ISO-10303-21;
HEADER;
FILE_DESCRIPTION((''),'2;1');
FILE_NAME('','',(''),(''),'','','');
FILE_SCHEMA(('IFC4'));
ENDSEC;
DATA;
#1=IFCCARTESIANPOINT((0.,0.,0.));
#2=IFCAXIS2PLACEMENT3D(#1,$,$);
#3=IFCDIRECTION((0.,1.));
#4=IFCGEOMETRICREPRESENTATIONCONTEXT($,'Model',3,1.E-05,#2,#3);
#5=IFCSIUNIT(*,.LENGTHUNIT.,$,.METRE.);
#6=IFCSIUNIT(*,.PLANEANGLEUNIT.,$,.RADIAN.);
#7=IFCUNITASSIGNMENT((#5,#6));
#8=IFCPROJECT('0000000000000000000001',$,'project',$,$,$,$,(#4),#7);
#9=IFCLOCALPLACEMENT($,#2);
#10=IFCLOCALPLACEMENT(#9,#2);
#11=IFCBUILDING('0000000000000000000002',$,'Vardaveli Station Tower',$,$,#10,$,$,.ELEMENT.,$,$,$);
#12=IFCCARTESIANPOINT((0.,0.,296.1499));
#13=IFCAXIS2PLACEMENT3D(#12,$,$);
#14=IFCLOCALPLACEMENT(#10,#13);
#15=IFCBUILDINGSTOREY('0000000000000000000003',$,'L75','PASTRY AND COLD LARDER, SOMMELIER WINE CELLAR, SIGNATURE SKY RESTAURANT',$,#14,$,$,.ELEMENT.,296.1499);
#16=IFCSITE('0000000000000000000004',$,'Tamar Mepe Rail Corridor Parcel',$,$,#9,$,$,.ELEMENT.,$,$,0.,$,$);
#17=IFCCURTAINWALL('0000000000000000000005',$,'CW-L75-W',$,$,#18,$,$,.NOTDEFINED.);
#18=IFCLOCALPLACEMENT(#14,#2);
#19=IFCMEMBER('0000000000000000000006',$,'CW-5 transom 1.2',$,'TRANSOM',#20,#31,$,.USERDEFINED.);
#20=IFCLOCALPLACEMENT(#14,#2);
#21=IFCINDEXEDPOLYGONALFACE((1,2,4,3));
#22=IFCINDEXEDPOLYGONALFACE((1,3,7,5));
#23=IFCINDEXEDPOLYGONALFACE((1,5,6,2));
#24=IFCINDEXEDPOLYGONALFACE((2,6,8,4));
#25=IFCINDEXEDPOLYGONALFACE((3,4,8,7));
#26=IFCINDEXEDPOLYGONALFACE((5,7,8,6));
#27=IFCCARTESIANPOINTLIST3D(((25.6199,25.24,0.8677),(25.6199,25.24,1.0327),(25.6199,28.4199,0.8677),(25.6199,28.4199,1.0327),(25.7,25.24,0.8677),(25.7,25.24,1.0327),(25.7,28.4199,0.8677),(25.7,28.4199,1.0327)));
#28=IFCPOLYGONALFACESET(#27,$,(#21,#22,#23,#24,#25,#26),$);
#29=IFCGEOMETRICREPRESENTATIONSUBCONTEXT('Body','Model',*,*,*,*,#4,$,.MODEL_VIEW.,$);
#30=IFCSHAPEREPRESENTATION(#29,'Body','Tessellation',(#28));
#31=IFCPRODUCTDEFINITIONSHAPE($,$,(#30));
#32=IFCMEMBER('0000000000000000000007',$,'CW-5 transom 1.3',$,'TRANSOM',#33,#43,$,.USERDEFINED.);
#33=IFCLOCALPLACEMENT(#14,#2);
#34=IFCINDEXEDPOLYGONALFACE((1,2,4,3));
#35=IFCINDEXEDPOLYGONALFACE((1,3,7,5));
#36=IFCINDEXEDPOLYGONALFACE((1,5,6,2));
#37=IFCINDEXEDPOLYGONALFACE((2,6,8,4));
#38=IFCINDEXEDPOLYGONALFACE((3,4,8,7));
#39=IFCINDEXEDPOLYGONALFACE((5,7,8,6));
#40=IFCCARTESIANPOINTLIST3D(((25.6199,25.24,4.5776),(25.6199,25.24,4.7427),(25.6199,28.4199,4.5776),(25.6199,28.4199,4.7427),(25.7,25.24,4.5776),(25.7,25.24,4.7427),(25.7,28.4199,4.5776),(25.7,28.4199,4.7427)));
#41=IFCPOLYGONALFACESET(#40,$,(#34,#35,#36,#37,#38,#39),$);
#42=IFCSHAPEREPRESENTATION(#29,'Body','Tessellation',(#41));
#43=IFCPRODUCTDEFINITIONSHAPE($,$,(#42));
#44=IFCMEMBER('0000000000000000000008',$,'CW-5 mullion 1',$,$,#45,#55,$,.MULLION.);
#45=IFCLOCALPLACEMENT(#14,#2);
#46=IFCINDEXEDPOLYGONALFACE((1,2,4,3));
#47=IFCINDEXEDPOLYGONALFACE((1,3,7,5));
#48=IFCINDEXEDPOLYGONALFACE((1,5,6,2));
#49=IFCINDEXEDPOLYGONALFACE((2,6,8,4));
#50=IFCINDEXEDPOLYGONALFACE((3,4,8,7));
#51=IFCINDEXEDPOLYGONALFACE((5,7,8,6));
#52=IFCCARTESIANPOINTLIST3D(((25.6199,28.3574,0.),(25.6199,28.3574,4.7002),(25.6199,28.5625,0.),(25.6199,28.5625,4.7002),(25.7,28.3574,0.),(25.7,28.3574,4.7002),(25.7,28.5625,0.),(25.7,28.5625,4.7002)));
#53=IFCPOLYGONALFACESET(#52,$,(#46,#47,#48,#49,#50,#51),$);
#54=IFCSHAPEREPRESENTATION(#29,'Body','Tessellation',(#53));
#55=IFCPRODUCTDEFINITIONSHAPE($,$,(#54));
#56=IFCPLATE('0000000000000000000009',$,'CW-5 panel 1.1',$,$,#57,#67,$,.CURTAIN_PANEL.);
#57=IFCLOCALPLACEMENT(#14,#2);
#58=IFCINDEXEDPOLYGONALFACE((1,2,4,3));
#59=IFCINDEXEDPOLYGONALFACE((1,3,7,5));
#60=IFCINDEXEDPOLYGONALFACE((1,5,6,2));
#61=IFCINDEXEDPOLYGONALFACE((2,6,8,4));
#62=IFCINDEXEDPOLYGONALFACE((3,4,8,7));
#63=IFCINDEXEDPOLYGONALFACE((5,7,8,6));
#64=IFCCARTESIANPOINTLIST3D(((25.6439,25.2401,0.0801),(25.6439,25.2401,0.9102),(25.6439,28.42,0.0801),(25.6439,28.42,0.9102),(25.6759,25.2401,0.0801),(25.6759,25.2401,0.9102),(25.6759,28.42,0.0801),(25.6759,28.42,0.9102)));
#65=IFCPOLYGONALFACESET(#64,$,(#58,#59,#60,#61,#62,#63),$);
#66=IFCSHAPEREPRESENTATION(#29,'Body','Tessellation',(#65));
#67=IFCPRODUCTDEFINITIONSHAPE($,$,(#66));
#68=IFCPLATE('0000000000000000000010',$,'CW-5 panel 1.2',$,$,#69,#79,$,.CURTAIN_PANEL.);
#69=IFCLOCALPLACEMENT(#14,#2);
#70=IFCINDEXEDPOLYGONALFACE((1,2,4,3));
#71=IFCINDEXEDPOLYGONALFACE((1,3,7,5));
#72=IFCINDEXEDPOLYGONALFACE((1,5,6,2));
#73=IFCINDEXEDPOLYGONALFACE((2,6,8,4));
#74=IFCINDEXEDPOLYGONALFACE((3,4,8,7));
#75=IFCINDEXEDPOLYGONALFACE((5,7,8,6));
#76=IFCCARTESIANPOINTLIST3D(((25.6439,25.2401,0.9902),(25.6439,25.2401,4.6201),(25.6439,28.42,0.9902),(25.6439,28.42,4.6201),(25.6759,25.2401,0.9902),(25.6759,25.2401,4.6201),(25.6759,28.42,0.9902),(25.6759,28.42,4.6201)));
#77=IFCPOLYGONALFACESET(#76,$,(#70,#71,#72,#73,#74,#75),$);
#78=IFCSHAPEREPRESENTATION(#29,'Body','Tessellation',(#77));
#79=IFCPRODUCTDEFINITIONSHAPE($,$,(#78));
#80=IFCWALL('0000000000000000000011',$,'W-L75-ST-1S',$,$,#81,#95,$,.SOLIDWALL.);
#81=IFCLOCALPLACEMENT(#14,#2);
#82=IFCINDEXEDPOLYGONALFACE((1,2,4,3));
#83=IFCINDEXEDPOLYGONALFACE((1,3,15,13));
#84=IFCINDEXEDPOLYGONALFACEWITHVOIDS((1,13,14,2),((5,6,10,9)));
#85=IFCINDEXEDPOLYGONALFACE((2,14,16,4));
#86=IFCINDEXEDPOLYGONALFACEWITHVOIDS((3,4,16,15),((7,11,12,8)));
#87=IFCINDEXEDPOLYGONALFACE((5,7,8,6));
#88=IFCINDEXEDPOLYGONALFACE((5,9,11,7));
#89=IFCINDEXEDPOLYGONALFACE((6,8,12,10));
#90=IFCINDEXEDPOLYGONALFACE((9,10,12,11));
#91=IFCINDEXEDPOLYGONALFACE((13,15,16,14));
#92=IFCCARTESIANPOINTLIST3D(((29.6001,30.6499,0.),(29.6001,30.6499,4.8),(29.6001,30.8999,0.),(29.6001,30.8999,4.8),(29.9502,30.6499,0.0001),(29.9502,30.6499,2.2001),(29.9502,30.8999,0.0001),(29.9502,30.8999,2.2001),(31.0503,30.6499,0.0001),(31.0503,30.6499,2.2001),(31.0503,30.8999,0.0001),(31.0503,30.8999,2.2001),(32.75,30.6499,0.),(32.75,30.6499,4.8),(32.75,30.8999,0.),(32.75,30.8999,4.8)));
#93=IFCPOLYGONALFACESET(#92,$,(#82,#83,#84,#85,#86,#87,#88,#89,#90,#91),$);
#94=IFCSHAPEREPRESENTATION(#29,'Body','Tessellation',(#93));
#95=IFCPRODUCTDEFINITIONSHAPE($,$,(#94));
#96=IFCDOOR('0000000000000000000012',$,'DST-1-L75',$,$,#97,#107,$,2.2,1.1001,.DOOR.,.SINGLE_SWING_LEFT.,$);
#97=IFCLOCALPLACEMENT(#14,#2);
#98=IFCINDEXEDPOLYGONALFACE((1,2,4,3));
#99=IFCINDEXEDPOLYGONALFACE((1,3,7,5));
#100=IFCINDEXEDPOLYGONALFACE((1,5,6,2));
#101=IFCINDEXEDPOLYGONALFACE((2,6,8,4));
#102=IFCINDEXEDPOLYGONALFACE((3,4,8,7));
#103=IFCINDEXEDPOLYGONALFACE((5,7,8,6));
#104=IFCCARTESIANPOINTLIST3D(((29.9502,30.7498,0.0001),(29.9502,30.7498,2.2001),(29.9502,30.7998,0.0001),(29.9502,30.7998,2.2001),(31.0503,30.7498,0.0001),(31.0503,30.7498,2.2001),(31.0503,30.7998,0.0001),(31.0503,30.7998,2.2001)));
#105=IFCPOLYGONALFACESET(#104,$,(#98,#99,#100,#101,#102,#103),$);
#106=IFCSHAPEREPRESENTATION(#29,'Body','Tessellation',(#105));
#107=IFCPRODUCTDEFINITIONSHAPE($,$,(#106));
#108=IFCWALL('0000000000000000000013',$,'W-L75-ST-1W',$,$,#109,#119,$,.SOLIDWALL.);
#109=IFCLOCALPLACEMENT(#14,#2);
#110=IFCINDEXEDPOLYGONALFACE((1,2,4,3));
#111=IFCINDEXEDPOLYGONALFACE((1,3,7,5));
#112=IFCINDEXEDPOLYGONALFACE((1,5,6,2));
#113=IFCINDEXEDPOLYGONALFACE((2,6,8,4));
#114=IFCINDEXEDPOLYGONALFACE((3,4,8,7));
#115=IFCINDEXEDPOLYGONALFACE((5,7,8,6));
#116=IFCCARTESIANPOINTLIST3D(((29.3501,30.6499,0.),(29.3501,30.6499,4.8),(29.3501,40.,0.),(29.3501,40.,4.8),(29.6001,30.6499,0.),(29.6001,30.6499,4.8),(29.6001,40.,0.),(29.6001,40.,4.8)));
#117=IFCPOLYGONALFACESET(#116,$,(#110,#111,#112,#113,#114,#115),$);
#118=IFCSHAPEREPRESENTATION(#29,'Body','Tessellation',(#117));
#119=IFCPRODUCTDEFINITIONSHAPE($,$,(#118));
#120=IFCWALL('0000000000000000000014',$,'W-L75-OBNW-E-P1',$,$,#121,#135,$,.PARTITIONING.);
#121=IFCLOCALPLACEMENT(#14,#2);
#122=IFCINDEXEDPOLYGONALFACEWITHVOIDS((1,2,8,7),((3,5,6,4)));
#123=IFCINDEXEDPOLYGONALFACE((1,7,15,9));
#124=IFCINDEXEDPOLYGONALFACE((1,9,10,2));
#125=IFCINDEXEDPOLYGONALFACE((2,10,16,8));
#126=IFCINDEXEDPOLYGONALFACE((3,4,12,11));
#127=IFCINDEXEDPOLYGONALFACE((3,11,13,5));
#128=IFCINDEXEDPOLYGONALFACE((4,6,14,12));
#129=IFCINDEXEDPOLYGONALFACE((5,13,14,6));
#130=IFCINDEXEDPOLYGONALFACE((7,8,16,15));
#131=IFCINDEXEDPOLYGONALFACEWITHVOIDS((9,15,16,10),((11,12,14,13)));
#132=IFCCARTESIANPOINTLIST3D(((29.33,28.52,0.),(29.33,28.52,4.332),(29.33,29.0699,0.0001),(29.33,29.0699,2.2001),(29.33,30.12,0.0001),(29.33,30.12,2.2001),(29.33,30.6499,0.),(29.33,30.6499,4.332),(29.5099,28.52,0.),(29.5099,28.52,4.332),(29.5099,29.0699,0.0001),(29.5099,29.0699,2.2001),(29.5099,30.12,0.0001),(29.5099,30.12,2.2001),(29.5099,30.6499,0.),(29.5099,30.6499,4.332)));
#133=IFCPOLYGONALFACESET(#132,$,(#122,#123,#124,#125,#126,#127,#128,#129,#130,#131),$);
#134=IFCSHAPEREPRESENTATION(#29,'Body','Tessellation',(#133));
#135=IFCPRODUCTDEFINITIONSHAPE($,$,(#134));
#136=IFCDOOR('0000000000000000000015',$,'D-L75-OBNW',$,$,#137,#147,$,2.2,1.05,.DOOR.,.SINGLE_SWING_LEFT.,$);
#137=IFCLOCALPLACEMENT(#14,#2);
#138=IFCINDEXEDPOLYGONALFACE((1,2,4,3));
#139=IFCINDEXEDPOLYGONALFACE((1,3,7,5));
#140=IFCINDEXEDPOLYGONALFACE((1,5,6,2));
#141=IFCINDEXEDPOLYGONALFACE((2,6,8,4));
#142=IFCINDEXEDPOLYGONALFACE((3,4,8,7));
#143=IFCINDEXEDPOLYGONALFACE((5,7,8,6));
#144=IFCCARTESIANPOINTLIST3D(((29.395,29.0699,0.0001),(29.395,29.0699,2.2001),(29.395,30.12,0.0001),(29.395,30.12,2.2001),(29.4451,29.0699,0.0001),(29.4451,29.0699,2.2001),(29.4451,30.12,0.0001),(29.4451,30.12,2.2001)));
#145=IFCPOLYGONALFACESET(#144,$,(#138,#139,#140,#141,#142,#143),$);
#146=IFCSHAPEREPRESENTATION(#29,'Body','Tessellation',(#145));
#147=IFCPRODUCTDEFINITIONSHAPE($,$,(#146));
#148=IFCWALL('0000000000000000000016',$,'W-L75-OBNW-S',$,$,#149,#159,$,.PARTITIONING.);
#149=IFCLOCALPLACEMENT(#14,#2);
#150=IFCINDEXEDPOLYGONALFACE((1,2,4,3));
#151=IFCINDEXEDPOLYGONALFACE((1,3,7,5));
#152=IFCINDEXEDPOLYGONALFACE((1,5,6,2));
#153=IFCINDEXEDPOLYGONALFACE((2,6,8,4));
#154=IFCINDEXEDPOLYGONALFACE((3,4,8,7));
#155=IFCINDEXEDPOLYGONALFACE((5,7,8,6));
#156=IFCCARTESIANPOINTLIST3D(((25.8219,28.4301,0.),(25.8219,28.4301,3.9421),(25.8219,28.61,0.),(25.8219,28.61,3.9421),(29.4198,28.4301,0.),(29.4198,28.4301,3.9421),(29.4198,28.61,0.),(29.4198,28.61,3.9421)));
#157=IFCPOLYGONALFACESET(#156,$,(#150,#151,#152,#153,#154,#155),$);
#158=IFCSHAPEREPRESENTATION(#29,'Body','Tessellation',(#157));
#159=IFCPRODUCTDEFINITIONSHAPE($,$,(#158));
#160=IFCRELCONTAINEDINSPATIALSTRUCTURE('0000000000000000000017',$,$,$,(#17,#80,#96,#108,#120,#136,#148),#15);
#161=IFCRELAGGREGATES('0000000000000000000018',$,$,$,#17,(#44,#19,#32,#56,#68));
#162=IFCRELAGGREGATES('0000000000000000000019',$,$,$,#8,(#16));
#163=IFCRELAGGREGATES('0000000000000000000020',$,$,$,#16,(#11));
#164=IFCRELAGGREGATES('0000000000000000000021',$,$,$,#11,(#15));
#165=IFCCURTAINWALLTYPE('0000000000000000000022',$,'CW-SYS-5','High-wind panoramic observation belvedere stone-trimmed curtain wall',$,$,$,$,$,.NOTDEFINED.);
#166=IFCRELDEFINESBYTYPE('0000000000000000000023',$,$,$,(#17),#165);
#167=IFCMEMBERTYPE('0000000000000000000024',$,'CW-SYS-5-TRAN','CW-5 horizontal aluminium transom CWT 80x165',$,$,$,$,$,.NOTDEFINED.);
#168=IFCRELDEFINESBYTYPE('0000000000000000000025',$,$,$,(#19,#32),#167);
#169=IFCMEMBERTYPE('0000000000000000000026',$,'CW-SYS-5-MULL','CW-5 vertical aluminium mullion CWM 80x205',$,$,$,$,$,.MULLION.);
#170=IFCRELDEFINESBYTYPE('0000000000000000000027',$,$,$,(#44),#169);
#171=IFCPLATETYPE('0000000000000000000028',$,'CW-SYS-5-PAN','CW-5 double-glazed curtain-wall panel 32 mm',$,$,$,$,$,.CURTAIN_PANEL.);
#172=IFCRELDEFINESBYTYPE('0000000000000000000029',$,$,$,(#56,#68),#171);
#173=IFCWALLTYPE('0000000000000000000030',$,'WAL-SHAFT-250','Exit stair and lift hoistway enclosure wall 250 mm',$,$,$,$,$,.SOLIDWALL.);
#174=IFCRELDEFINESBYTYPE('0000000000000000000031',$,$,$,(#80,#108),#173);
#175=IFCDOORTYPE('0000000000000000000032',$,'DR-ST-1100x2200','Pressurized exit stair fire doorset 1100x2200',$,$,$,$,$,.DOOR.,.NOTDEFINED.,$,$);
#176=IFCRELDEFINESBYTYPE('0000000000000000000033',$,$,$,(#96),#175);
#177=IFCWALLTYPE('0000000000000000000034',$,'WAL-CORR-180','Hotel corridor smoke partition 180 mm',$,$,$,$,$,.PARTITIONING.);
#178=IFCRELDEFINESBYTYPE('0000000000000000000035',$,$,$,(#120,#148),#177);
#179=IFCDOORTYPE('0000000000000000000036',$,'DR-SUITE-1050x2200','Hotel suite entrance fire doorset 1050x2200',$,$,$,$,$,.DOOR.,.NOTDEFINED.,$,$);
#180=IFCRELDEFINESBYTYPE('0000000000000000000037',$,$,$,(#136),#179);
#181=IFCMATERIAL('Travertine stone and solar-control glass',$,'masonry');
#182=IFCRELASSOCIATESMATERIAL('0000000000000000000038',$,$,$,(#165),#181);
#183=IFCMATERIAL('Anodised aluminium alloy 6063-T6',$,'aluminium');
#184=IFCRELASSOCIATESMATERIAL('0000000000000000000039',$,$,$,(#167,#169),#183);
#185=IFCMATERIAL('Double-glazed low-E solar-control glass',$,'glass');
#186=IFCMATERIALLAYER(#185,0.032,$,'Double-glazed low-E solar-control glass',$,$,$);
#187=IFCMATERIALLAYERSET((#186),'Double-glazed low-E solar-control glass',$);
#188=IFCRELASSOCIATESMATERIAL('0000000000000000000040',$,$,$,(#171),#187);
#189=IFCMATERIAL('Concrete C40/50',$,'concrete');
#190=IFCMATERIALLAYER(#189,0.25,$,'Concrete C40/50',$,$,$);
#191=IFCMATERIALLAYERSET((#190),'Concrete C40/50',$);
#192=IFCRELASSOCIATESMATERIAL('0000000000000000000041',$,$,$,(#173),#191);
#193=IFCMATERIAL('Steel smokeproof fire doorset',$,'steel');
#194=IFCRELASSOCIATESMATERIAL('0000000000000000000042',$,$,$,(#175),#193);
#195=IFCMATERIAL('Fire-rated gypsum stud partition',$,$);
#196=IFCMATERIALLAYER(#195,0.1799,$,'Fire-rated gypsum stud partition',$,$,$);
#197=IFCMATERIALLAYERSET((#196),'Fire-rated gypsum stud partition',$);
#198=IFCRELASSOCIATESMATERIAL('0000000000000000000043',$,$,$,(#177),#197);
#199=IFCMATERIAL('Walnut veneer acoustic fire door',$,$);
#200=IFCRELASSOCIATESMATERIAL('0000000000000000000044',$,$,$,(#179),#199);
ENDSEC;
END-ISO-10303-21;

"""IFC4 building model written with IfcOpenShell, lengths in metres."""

from ifc_helpers import new_model, si_unit, direction, frame, frame_2d, origin, origin_2d, place, context, subcontext, project, spatial, rectangle, extrude, source, transform, mapped, material, layer, layer_set, material_profile, profile_set, type_object, element, fill, aggregate, save


model = new_model("IFC4")

# Units and contexts
model_context = context("Model", 3, precision=1e-05, world=origin(), true_north=direction((0.0, 1.0)))
body_context = subcontext(model_context, "Body", "Model", "MODEL_VIEW")
ifc_project = project(units=[si_unit("LENGTHUNIT", "METRE"), si_unit("PLANEANGLEUNIT", "RADIAN")], contexts=[model_context])

# Site, building, storey
site_placement = place(None, origin())
site = spatial("IfcSite", under=ifc_project, at=site_placement, Name="Tamar Mepe Rail Corridor Parcel", CompositionType="ELEMENT", RefElevation=0.0)
building_placement = place(site_placement, origin())
building = spatial("IfcBuilding", under=site, at=building_placement, Name="Vardaveli Station Tower", CompositionType="ELEMENT")
storey_placement = place(building_placement, frame((0.0, 0.0, 296.1499)))
storey = spatial("IfcBuildingStorey", under=building, at=storey_placement, Name="L75", Description="PASTRY AND COLD LARDER, SOMMELIER WINE CELLAR, SIGNATURE SKY RESTAURANT", CompositionType="ELEMENT", Elevation=296.1499)

# Curtain wall, members, plates
ifc_material_1 = material(Name="Travertine stone and solar-control glass", Category="masonry")
curtain_wall_type = type_object("IfcCurtainWallType", Name="CW-SYS-5", Description="High-wind panoramic observation belvedere stone-trimmed curtain wall", PredefinedType="NOTDEFINED", material=ifc_material_1)
curtain_wall_placement = place(storey_placement, origin())
curtain_wall = element("IfcCurtainWall", 1, at=curtain_wall_placement, inside=storey, type_object=curtain_wall_type, Name="CW-L75-W", PredefinedType="NOTDEFINED")
ifc_material_2 = material(Name="Anodised aluminium alloy 6063-T6", Category="aluminium")
ifc_material_profile_1 = material_profile(ifc_material_2, rectangle(XDim=0.0801, YDim=0.165, at=origin_2d()), Name="CWT 80x165")
ifc_profile_set_1 = profile_set([ifc_material_profile_1], Name="Anodised aluminium alloy 6063-T6")
member_type_1 = type_object("IfcMemberType", Name="CW-SYS-5-TRAN", Description="CW-5 horizontal aluminium transom CWT 80x165", PredefinedType="NOTDEFINED", material=ifc_profile_set_1)
shared_shape_1 = source(origin(), body_context, "Body", "SweptSolid", [
    extrude(rectangle(XDim=0.0801, YDim=0.165, at=origin_2d()), origin(), (0.0, 0.0, 1.0), 3.1799),
])
member_1_placement = place(storey_placement, frame((25.6599, 28.4199, 0.9502), z_axis=(0.0, -1.0, 0.0), x_axis=(1.0, 0.0, 0.0)))
member_1 = element("IfcMember", 2, at=member_1_placement, type_object=member_type_1, Name="CW-5 transom 1.2", ObjectType="TRANSOM", PredefinedType="USERDEFINED", context=body_context, shape_type="MappedRepresentation", body=[
    mapped(shared_shape_1, transform((0.0, 0.0, 0.0), scale=1.0)),
])
member_2_placement = place(storey_placement, frame((25.6599, 28.4199, 4.6602), z_axis=(0.0, -1.0, 0.0), x_axis=(1.0, 0.0, 0.0)))
member_2 = element("IfcMember", 3, at=member_2_placement, type_object=member_type_1, Name="CW-5 transom 1.3", ObjectType="TRANSOM", PredefinedType="USERDEFINED", context=body_context, shape_type="MappedRepresentation", body=[
    mapped(shared_shape_1, transform((0.0, 0.0, 0.0), scale=1.0)),
])
ifc_material_profile_2 = material_profile(ifc_material_2, rectangle(XDim=0.0801, YDim=0.2051, at=origin_2d()), Name="CWM 80x205")
ifc_profile_set_2 = profile_set([ifc_material_profile_2], Name="Anodised aluminium alloy 6063-T6")
member_type_2 = type_object("IfcMemberType", Name="CW-SYS-5-MULL", Description="CW-5 vertical aluminium mullion CWM 80x205", PredefinedType="MULLION", material=ifc_profile_set_2)
shared_shape_2 = source(origin(), body_context, "Body", "SweptSolid", [
    extrude(rectangle(XDim=0.0801, YDim=0.2051, at=origin_2d()), origin(), (0.0, 0.0, 1.0), 4.7002),
])
member_3_placement = place(storey_placement, frame((25.6599, 28.46, 0.0), z_axis=(0.0, 0.0, 1.0), x_axis=(1.0, 0.0, 0.0)))
member_3 = element("IfcMember", 4, at=member_3_placement, type_object=member_type_2, Name="CW-5 mullion 1", PredefinedType="MULLION", context=body_context, shape_type="MappedRepresentation", body=[
    mapped(shared_shape_2, transform((0.0, 0.0, 0.0), scale=1.0)),
])
ifc_material_3 = material(Name="Double-glazed low-E solar-control glass", Category="glass")
ifc_layer_1 = layer(ifc_material_3, 0.032, Name="Double-glazed low-E solar-control glass")
ifc_layer_set_1 = layer_set([ifc_layer_1], Name="Double-glazed low-E solar-control glass")
plate_type = type_object("IfcPlateType", Name="CW-SYS-5-PAN", Description="CW-5 double-glazed curtain-wall panel 32 mm", PredefinedType="CURTAIN_PANEL", material=ifc_layer_set_1)
shared_shape_3 = source(origin(), body_context, "Body", "SweptSolid", [
    extrude(rectangle(XDim=3.1799, YDim=0.032, at=origin_2d()), origin(), (0.0, 0.0, 1.0), 0.8301),
])
plate_1_placement = place(storey_placement, frame((25.6599, 26.8301, 0.0801), z_axis=(0.0, 0.0, 1.0), x_axis=(0.0, -1.0, 0.0)))
plate_1 = element("IfcPlate", 5, at=plate_1_placement, type_object=plate_type, Name="CW-5 panel 1.1", PredefinedType="CURTAIN_PANEL", context=body_context, shape_type="MappedRepresentation", body=[
    mapped(shared_shape_3, transform((0.0, 0.0, 0.0), scale=1.0)),
])
shared_shape_4 = source(origin(), body_context, "Body", "SweptSolid", [
    extrude(rectangle(XDim=3.1799, YDim=0.032, at=origin_2d()), origin(), (0.0, 0.0, 1.0), 3.6299),
])
plate_2_placement = place(storey_placement, frame((25.6599, 26.8301, 0.9902), z_axis=(0.0, 0.0, 1.0), x_axis=(0.0, -1.0, 0.0)))
plate_2 = element("IfcPlate", 6, at=plate_2_placement, type_object=plate_type, Name="CW-5 panel 1.2", PredefinedType="CURTAIN_PANEL", context=body_context, shape_type="MappedRepresentation", body=[
    mapped(shared_shape_4, transform((0.0, 0.0, 0.0), scale=1.0)),
])
aggregate(curtain_wall, [member_3, member_1, member_2, plate_1, plate_2])

# Wall, opening, door
ifc_material_4 = material(Name="Concrete C40/50", Category="concrete")
ifc_layer_2 = layer(ifc_material_4, 0.25, Name="Concrete C40/50")
ifc_layer_set_2 = layer_set([ifc_layer_2], Name="Concrete C40/50")
wall_type_1 = type_object("IfcWallType", Name="WAL-SHAFT-250", Description="Exit stair and lift hoistway enclosure wall 250 mm", PredefinedType="SOLIDWALL", material=ifc_layer_set_2)
shared_shape_5 = source(origin(), body_context, "Body", "SweptSolid", [
    extrude(rectangle(XDim=3.1499, YDim=0.25, at=frame_2d((1.575, 0.0))), origin(), (0.0, 0.0, 1.0), 4.8),
])
wall_1_placement = place(storey_placement, frame((29.6001, 30.7749, 0.0), z_axis=(0.0, 0.0, 1.0), x_axis=(1.0, 0.0, 0.0)))
wall_1 = element("IfcWall", 7, at=wall_1_placement, inside=storey, type_object=wall_type_1, Name="W-L75-ST-1S", PredefinedType="SOLIDWALL", context=body_context, shape_type="MappedRepresentation", body=[
    mapped(shared_shape_5, transform((0.0, 0.0, 0.0), scale=1.0)),
])
shared_shape_6 = source(origin(), body_context, "Body", "SweptSolid", [
    extrude(rectangle(XDim=1.1001, YDim=2.2, at=frame_2d((0.55, 1.1001))), frame((0.0, 0.135, 0.0), z_axis=(0.0, -1.0, 0.0), x_axis=(1.0, 0.0, 0.0)), (0.0, 0.0, 1.0), 0.27),
])
opening_1_placement = place(wall_1_placement, frame((0.3501, 0.0, 0.0)))
opening_1 = element("IfcOpeningElement", 8, at=opening_1_placement, cuts=wall_1, PredefinedType="OPENING", context=body_context, shape_type="MappedRepresentation", body=[
    mapped(shared_shape_6, transform((0.0, 0.0, 0.0), scale=1.0)),
])
ifc_material_5 = material(Name="Steel smokeproof fire doorset", Category="steel")
door_type_1 = type_object("IfcDoorType", Name="DR-ST-1100x2200", Description="Pressurized exit stair fire doorset 1100x2200", OperationType="NOTDEFINED", PredefinedType="DOOR", material=ifc_material_5)
shared_shape_7 = source(origin(), body_context, "Body", "SweptSolid", [
    extrude(rectangle(XDim=1.1001, YDim=2.2, at=frame_2d((0.55, 1.1001))), frame((0.0, 0.0249, 0.0), z_axis=(0.0, -1.0, 0.0), x_axis=(1.0, 0.0, 0.0)), (0.0, 0.0, 1.0), 0.05),
])
door_1_placement = place(opening_1_placement, origin())
door_1 = element("IfcDoor", 9, at=door_1_placement, inside=storey, type_object=door_type_1, Name="DST-1-L75", OperationType="SINGLE_SWING_LEFT", OverallHeight=2.2, OverallWidth=1.1001, PredefinedType="DOOR", context=body_context, shape_type="MappedRepresentation", body=[
    mapped(shared_shape_7, transform((0.0, 0.0, 0.0), scale=1.0)),
])
fill(opening_1, door_1)

# Wall
shared_shape_8 = source(origin(), body_context, "Body", "SweptSolid", [
    extrude(rectangle(XDim=9.3501, YDim=0.25, at=frame_2d((4.675, 0.0))), origin(), (0.0, 0.0, 1.0), 4.8),
])
wall_2_placement = place(storey_placement, frame((29.4751, 30.6499, 0.0), z_axis=(0.0, 0.0, 1.0), x_axis=(0.0, 1.0, 0.0)))
element("IfcWall", 10, at=wall_2_placement, inside=storey, type_object=wall_type_1, Name="W-L75-ST-1W", PredefinedType="SOLIDWALL", context=body_context, shape_type="MappedRepresentation", body=[
    mapped(shared_shape_8, transform((0.0, 0.0, 0.0), scale=1.0)),
])

# Wall, opening, door
ifc_material_6 = material(Name="Fire-rated gypsum stud partition")
ifc_layer_3 = layer(ifc_material_6, 0.1799, Name="Fire-rated gypsum stud partition")
ifc_layer_set_3 = layer_set([ifc_layer_3], Name="Fire-rated gypsum stud partition")
wall_type_2 = type_object("IfcWallType", Name="WAL-CORR-180", Description="Hotel corridor smoke partition 180 mm", PredefinedType="PARTITIONING", material=ifc_layer_set_3)
shared_shape_9 = source(origin(), body_context, "Body", "SweptSolid", [
    extrude(rectangle(XDim=2.1299, YDim=0.1799, at=frame_2d((1.0649, 0.0))), origin(), (0.0, 0.0, 1.0), 4.332),
])
wall_3_placement = place(storey_placement, frame((29.4199, 28.52, 0.0), z_axis=(0.0, 0.0, 1.0), x_axis=(0.0, 1.0, 0.0)))
wall_3 = element("IfcWall", 11, at=wall_3_placement, inside=storey, type_object=wall_type_2, Name="W-L75-OBNW-E-P1", PredefinedType="PARTITIONING", context=body_context, shape_type="MappedRepresentation", body=[
    mapped(shared_shape_9, transform((0.0, 0.0, 0.0), scale=1.0)),
])
shared_shape_10 = source(origin(), body_context, "Body", "SweptSolid", [
    extrude(rectangle(XDim=1.05, YDim=2.2, at=frame_2d((0.5249, 1.1001))), frame((0.0, 0.1001, 0.0), z_axis=(0.0, -1.0, 0.0), x_axis=(1.0, 0.0, 0.0)), (0.0, 0.0, 1.0), 0.2),
])
opening_2_placement = place(wall_3_placement, frame((0.55, 0.0, 0.0)))
opening_2 = element("IfcOpeningElement", 12, at=opening_2_placement, cuts=wall_3, PredefinedType="OPENING", context=body_context, shape_type="MappedRepresentation", body=[
    mapped(shared_shape_10, transform((0.0, 0.0, 0.0), scale=1.0)),
])
ifc_material_7 = material(Name="Walnut veneer acoustic fire door")
door_type_2 = type_object("IfcDoorType", Name="DR-SUITE-1050x2200", Description="Hotel suite entrance fire doorset 1050x2200", OperationType="NOTDEFINED", PredefinedType="DOOR", material=ifc_material_7)
shared_shape_11 = source(origin(), body_context, "Body", "SweptSolid", [
    extrude(rectangle(XDim=1.05, YDim=2.2, at=frame_2d((0.5249, 1.1001))), frame((0.0, 0.0249, 0.0), z_axis=(0.0, -1.0, 0.0), x_axis=(1.0, 0.0, 0.0)), (0.0, 0.0, 1.0), 0.05),
])
door_2_placement = place(opening_2_placement, origin())
door_2 = element("IfcDoor", 13, at=door_2_placement, inside=storey, type_object=door_type_2, Name="D-L75-OBNW", OperationType="SINGLE_SWING_LEFT", OverallHeight=2.2, OverallWidth=1.05, PredefinedType="DOOR", context=body_context, shape_type="MappedRepresentation", body=[
    mapped(shared_shape_11, transform((0.0, 0.0, 0.0), scale=1.0)),
])
fill(opening_2, door_2)

# Wall
shared_shape_12 = source(origin(), body_context, "Body", "SweptSolid", [
    extrude(rectangle(XDim=3.5979, YDim=0.1799, at=frame_2d((1.7988, 0.0))), origin(), (0.0, 0.0, 1.0), 3.9421),
])
wall_4_placement = place(storey_placement, frame((25.822, 28.52, 0.0), z_axis=(0.0, 0.0, 1.0), x_axis=(1.0, 0.0, 0.0)))
element("IfcWall", 14, at=wall_4_placement, inside=storey, type_object=wall_type_2, Name="W-L75-OBNW-S", PredefinedType="PARTITIONING", context=body_context, shape_type="MappedRepresentation", body=[
    mapped(shared_shape_12, transform((0.0, 0.0, 0.0), scale=1.0)),
])

save(model, "model.ifc")
